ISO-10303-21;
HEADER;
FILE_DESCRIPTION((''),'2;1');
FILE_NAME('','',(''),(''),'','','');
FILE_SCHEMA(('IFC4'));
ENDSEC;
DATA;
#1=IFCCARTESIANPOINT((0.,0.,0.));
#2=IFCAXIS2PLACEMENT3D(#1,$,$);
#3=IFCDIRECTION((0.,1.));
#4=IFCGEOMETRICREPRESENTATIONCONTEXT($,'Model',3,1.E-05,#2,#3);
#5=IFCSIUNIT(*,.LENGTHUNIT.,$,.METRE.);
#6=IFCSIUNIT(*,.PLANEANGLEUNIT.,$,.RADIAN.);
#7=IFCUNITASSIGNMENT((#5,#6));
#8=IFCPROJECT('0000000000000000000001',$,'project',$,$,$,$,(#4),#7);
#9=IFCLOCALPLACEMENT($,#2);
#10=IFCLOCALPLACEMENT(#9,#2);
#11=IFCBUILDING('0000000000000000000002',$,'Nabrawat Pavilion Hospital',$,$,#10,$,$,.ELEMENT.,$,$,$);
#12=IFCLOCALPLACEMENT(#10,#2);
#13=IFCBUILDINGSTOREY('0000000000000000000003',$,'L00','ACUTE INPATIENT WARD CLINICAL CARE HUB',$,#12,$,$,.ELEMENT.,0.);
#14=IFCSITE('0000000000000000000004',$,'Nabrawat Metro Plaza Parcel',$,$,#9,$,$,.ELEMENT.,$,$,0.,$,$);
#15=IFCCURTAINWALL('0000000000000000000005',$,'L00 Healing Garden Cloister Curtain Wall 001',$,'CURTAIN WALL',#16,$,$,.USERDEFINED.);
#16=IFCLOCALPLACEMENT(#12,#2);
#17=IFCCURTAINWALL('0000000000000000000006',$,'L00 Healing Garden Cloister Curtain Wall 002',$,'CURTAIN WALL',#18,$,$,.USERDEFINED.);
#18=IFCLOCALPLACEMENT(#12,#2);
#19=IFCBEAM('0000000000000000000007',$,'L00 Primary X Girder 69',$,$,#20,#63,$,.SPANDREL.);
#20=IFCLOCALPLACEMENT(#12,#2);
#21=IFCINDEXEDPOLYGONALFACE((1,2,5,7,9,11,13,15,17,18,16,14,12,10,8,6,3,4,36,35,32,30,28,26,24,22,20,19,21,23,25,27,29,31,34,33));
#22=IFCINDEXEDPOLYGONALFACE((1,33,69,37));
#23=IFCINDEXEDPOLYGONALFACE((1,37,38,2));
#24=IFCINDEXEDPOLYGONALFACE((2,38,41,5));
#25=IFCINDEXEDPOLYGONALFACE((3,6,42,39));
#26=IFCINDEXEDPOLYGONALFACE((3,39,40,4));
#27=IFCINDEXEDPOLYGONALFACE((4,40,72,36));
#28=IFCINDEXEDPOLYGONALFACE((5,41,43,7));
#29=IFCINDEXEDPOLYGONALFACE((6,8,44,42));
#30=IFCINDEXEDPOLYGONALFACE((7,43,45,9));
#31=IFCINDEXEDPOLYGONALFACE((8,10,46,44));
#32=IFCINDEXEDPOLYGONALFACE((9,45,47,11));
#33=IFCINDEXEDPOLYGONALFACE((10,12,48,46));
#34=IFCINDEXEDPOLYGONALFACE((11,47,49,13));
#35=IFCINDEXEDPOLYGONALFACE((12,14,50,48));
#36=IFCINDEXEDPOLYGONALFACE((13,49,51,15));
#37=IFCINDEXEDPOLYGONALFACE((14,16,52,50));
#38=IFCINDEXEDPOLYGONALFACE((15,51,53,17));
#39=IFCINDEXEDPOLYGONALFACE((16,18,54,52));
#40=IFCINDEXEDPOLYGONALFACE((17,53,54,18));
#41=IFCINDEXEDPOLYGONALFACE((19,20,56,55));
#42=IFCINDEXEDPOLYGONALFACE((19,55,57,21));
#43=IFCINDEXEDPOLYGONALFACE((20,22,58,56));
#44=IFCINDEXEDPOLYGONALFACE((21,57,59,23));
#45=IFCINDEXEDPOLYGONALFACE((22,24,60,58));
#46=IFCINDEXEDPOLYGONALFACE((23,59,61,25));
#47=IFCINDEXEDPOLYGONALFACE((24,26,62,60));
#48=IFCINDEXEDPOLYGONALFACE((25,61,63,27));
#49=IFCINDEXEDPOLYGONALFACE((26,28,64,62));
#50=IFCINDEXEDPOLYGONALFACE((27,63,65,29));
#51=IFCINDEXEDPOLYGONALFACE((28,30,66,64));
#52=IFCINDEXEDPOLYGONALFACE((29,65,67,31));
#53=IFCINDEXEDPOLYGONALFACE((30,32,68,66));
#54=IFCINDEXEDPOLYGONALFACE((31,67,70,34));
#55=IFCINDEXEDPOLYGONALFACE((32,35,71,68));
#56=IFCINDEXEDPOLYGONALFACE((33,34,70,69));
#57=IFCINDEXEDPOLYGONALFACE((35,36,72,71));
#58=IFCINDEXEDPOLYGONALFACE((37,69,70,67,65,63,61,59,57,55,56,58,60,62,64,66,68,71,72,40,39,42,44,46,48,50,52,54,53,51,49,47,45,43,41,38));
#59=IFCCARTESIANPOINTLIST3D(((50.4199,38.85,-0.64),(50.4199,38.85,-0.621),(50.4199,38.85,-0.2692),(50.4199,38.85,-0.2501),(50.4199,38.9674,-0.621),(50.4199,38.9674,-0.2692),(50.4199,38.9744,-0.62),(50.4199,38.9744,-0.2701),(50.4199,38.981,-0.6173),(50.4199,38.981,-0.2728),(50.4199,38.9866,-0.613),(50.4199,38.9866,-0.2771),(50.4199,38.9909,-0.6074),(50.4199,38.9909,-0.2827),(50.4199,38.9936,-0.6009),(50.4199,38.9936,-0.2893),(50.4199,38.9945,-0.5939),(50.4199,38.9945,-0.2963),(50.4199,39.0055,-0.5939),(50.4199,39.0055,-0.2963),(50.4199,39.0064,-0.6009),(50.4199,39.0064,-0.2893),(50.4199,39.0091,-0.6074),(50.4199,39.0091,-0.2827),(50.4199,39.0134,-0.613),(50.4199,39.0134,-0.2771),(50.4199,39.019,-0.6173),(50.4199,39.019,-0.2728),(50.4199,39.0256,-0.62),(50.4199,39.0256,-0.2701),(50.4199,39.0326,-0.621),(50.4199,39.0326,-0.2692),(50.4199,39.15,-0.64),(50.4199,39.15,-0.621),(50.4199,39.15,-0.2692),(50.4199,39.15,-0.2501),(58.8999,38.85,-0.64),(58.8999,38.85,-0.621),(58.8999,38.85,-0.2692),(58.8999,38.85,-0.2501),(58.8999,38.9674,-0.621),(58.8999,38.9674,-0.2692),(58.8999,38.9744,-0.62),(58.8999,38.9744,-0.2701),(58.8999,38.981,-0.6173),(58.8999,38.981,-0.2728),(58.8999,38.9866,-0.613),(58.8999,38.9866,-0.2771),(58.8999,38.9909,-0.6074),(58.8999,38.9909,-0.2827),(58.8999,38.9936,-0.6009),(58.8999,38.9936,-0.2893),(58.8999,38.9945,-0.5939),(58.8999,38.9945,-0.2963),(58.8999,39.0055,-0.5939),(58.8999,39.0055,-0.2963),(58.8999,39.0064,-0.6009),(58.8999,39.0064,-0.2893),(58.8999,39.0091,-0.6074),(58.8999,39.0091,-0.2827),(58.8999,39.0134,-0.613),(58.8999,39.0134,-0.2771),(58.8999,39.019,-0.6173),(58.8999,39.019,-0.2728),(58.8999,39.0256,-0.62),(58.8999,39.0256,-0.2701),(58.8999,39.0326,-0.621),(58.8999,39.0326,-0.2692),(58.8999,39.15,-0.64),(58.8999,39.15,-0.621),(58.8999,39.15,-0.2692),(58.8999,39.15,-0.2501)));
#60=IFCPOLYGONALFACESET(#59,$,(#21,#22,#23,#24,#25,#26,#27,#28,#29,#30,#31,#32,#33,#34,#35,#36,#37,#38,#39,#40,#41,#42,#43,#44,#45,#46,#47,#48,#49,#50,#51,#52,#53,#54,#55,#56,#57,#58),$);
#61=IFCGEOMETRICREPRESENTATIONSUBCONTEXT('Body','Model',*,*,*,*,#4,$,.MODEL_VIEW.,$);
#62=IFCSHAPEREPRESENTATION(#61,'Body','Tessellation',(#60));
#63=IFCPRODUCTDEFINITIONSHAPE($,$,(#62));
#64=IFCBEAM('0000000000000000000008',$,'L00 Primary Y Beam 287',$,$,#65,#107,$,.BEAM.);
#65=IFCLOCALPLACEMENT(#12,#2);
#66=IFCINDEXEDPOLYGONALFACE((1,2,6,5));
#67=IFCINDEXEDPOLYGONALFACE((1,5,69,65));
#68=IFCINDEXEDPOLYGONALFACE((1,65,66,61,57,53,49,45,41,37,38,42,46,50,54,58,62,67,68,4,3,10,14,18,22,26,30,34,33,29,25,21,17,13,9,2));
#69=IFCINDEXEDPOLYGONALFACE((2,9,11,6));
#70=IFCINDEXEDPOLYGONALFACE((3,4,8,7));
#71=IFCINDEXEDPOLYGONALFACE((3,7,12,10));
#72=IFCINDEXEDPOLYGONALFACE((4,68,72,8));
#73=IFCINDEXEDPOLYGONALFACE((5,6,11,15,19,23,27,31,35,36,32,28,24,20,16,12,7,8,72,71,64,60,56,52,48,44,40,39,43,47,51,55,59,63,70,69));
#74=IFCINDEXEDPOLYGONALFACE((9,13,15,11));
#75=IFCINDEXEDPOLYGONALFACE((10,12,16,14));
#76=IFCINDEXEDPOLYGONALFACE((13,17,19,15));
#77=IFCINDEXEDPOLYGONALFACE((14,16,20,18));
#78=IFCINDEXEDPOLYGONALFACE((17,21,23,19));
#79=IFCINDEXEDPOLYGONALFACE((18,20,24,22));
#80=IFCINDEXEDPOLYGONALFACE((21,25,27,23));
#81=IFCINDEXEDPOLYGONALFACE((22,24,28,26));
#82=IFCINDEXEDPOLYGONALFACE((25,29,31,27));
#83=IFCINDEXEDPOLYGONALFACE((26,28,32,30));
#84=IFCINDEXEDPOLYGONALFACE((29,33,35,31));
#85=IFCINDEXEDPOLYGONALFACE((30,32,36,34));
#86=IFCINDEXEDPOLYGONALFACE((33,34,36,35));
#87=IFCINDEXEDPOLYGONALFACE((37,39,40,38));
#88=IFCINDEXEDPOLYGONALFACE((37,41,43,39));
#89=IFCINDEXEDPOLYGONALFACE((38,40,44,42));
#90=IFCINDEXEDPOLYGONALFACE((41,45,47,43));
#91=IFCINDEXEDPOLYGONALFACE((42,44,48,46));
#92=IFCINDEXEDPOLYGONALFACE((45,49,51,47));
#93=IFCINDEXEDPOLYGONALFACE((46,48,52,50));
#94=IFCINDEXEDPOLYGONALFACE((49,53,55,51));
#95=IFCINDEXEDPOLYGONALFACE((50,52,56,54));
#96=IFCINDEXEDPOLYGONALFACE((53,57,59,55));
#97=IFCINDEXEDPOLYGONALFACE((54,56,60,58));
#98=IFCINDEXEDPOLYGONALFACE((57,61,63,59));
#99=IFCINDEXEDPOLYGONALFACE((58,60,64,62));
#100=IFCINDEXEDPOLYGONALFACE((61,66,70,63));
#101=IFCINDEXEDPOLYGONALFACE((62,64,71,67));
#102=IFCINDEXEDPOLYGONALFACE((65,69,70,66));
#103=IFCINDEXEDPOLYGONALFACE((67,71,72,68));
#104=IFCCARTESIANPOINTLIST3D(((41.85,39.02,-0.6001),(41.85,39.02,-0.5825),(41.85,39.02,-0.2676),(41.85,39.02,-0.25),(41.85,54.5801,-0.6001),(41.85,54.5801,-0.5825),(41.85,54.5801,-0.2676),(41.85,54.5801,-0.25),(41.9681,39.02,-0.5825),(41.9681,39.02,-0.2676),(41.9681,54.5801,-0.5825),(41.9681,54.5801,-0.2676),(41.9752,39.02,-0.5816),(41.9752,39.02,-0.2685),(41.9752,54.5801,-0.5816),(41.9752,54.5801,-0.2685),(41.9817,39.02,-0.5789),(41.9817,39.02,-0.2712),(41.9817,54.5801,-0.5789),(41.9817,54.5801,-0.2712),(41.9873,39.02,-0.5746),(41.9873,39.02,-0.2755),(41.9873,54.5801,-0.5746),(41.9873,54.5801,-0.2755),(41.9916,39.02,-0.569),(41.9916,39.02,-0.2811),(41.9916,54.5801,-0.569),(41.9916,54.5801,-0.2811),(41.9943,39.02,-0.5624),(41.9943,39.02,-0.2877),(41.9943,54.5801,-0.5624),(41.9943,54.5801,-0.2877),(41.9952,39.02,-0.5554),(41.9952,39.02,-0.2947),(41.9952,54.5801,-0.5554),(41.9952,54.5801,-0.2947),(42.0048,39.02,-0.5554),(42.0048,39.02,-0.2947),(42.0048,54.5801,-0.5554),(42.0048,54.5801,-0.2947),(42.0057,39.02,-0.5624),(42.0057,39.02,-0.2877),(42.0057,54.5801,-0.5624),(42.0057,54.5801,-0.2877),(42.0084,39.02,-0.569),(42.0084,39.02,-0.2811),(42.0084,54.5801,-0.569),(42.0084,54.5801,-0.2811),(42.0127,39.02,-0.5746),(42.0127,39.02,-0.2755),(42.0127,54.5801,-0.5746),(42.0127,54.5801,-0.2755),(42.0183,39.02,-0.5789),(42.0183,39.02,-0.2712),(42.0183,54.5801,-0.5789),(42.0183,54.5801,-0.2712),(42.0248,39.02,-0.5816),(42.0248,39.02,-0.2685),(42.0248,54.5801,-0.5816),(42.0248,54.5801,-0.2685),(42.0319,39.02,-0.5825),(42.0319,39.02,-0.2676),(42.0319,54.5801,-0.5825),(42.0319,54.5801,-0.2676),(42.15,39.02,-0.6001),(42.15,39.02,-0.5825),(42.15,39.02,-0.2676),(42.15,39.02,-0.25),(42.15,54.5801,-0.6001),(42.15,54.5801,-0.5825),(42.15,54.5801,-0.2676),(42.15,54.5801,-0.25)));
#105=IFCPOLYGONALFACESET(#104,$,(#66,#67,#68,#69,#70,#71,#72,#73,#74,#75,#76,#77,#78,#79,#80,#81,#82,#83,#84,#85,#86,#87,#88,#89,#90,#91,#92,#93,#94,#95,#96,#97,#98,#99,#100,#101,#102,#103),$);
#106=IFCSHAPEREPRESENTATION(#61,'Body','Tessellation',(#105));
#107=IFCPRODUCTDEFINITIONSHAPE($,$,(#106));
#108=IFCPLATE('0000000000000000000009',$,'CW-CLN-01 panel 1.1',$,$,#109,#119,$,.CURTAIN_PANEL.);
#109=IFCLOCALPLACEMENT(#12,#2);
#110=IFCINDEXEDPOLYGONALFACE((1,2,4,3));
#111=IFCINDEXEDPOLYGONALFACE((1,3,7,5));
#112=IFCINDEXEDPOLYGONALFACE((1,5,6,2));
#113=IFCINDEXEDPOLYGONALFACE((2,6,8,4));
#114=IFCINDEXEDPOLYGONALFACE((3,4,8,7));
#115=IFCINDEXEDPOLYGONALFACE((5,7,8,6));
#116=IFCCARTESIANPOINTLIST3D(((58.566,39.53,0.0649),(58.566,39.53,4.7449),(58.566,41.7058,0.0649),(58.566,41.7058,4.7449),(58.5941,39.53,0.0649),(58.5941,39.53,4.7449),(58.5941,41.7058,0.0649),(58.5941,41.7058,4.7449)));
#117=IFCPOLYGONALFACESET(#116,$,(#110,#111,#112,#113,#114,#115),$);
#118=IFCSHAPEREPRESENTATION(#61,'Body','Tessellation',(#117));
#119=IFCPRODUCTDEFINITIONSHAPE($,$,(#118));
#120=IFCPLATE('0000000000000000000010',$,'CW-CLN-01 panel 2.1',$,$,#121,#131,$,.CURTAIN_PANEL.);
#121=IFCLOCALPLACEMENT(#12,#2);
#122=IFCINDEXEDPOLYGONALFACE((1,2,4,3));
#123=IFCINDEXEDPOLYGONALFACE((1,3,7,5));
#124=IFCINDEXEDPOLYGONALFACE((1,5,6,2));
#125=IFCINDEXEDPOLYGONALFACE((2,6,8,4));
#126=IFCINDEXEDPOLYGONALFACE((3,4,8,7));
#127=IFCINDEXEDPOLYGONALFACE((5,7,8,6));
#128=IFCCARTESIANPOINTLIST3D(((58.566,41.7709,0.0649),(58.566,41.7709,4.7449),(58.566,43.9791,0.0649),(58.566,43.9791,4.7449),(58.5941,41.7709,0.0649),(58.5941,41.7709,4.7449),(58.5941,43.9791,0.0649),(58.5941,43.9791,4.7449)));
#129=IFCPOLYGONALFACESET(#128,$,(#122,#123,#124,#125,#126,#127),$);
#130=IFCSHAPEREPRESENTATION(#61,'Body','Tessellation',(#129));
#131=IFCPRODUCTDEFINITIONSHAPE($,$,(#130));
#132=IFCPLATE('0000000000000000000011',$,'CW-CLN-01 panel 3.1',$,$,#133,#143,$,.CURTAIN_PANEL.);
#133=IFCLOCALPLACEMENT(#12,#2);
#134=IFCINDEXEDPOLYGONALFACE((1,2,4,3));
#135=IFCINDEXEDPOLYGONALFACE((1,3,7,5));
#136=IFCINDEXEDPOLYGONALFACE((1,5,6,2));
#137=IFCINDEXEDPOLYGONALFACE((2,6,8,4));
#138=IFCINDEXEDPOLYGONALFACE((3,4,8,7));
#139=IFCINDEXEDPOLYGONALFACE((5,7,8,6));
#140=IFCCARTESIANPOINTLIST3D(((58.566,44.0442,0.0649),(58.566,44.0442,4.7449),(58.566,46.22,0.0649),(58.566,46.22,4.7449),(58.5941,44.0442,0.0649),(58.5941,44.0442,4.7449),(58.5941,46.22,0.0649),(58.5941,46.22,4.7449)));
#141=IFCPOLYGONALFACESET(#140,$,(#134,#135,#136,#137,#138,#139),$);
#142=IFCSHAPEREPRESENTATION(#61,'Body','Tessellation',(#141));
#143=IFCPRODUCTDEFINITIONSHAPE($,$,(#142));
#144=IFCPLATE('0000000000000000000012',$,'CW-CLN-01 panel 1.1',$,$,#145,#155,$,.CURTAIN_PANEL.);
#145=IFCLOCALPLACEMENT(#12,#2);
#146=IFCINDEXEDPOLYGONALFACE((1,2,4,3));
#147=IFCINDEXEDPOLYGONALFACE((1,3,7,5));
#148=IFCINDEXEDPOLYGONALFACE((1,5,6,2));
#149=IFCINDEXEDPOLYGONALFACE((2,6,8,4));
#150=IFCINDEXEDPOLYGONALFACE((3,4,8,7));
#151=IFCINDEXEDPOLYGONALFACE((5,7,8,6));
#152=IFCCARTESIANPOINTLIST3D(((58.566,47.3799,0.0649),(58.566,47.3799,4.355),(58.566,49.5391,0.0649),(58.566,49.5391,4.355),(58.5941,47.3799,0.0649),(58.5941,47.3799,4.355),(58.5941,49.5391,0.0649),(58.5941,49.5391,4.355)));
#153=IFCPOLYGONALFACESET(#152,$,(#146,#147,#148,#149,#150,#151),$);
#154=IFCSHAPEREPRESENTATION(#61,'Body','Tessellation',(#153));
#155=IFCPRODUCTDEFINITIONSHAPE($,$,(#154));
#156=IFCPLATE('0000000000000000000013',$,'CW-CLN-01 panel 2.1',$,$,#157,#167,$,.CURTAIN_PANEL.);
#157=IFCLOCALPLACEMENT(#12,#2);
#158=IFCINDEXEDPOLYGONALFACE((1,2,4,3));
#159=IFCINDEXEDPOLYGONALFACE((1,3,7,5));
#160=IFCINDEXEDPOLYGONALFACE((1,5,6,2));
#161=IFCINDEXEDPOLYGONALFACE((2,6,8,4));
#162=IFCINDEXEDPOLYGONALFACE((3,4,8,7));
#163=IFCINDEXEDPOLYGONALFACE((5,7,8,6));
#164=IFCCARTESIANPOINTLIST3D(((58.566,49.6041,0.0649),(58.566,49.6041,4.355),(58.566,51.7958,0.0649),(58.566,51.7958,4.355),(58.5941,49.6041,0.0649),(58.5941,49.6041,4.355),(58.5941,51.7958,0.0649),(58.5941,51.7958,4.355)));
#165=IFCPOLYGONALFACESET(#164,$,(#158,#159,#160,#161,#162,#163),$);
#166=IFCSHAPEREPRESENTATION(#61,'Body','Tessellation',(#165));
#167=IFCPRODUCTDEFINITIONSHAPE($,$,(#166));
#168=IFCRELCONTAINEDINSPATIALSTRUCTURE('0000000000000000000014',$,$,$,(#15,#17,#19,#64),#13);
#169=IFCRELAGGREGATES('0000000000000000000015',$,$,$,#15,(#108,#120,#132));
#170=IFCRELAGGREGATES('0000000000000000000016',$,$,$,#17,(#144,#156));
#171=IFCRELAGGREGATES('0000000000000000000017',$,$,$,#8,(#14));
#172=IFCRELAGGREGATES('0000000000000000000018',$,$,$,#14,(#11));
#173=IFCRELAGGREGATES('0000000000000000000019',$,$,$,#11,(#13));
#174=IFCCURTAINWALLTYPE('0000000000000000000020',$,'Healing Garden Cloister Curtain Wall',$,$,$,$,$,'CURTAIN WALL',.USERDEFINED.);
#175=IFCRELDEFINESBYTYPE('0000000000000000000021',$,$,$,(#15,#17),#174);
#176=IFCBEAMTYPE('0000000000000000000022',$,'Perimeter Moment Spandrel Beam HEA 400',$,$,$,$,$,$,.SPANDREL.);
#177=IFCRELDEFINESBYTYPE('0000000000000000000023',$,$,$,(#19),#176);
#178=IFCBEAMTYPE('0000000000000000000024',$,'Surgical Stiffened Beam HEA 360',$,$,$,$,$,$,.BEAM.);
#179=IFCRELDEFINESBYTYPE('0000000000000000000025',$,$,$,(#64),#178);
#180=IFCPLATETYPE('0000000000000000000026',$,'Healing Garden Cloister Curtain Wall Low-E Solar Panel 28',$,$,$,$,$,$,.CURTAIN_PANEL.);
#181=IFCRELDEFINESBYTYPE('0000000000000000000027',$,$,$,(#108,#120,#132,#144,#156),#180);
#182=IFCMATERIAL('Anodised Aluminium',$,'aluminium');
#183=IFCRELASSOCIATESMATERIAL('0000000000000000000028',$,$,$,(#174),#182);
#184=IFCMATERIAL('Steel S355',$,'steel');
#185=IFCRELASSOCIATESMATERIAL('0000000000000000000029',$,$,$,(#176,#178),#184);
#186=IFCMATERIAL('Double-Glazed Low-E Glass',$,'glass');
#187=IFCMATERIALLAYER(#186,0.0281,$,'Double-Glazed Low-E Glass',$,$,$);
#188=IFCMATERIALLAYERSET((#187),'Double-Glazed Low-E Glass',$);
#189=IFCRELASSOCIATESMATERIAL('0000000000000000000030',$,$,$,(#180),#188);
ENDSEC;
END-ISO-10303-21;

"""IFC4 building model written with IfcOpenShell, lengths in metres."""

from ifc_helpers import new_model, si_unit, direction, frame, origin, origin_2d, place, context, subcontext, project, spatial, rectangle, i_section, extrude, material, layer, layer_set, material_profile, profile_set, type_object, element, aggregate, save


model = new_model("IFC4")

# Units and contexts
model_context = context("Model", 3, precision=1e-05, world=origin(), true_north=direction((0.0, 1.0)))
body_context = subcontext(model_context, "Body", "Model", "MODEL_VIEW")
ifc_project = project(units=[si_unit("LENGTHUNIT", "METRE"), si_unit("PLANEANGLEUNIT", "RADIAN")], contexts=[model_context])

# Site, building, storey
site_placement = place(None, origin())
site = spatial("IfcSite", under=ifc_project, at=site_placement, Name="Nabrawat Metro Plaza Parcel", CompositionType="ELEMENT", RefElevation=0.0)
building_placement = place(site_placement, origin())
building = spatial("IfcBuilding", under=site, at=building_placement, Name="Nabrawat Pavilion Hospital", CompositionType="ELEMENT")
storey_placement = place(building_placement, origin())
storey = spatial("IfcBuildingStorey", under=building, at=storey_placement, Name="L00", Description="ACUTE INPATIENT WARD CLINICAL CARE HUB", CompositionType="ELEMENT", Elevation=0.0)

# Curtain walls
ifc_material_1 = material(Name="Anodised Aluminium", Category="aluminium")
curtain_wall_type = type_object("IfcCurtainWallType", Name="Healing Garden Cloister Curtain Wall", ElementType="CURTAIN WALL", PredefinedType="USERDEFINED", material=ifc_material_1)
curtain_wall_1_placement = place(storey_placement, origin())
curtain_wall_1 = element("IfcCurtainWall", 1, at=curtain_wall_1_placement, inside=storey, type_object=curtain_wall_type, Name="L00 Healing Garden Cloister Curtain Wall 001", ObjectType="CURTAIN WALL", PredefinedType="USERDEFINED")
curtain_wall_2_placement = place(storey_placement, origin())
curtain_wall_2 = element("IfcCurtainWall", 2, at=curtain_wall_2_placement, inside=storey, type_object=curtain_wall_type, Name="L00 Healing Garden Cloister Curtain Wall 002", ObjectType="CURTAIN WALL", PredefinedType="USERDEFINED")

# Beams
ifc_material_2 = material(Name="Steel S355", Category="steel")
ifc_material_profile_1 = material_profile(ifc_material_2, i_section(OverallWidth=0.3, OverallDepth=0.3899, WebThickness=0.011, FlangeThickness=0.019, FilletRadius=0.0271, at=origin_2d()), Name="HEA 400")
ifc_profile_set_1 = profile_set([ifc_material_profile_1], Name="Steel S355")
beam_type_1 = type_object("IfcBeamType", Name="Perimeter Moment Spandrel Beam HEA 400", PredefinedType="SPANDREL", material=ifc_profile_set_1)
beam_1_placement = place(storey_placement, frame((50.4199, 39.0, -0.4451), z_axis=(1.0, 0.0, 0.0), x_axis=(0.0, 1.0, 0.0)))
element("IfcBeam", 3, at=beam_1_placement, inside=storey, type_object=beam_type_1, Name="L00 Primary X Girder 69", PredefinedType="SPANDREL", context=body_context, shape_type="SweptSolid", body=[
    extrude(i_section(OverallWidth=0.3, OverallDepth=0.3899, WebThickness=0.011, FlangeThickness=0.019, FilletRadius=0.0271, at=origin_2d()), origin(), (0.0, 0.0, 1.0), 8.48),
])
ifc_material_profile_2 = material_profile(ifc_material_2, i_section(OverallWidth=0.3, OverallDepth=0.3501, WebThickness=0.0095, FlangeThickness=0.0176, FilletRadius=0.0271, at=origin_2d()), Name="HEA 360")
ifc_profile_set_2 = profile_set([ifc_material_profile_2], Name="Steel S355")
beam_type_2 = type_object("IfcBeamType", Name="Surgical Stiffened Beam HEA 360", PredefinedType="BEAM", material=ifc_profile_set_2)
beam_2_placement = place(storey_placement, frame((42.0, 39.02, -0.425), z_axis=(0.0, 1.0, 0.0), x_axis=(-1.0, 0.0, 0.0)))
element("IfcBeam", 4, at=beam_2_placement, inside=storey, type_object=beam_type_2, Name="L00 Primary Y Beam 287", PredefinedType="BEAM", context=body_context, shape_type="SweptSolid", body=[
    extrude(i_section(OverallWidth=0.3, OverallDepth=0.3501, WebThickness=0.0095, FlangeThickness=0.0176, FilletRadius=0.0271, at=origin_2d()), origin(), (0.0, 0.0, 1.0), 15.5601),
])

# Plates
ifc_material_3 = material(Name="Double-Glazed Low-E Glass", Category="glass")
ifc_layer = layer(ifc_material_3, 0.0281, Name="Double-Glazed Low-E Glass")
ifc_layer_set = layer_set([ifc_layer], Name="Double-Glazed Low-E Glass")
plate_type = type_object("IfcPlateType", Name="Healing Garden Cloister Curtain Wall Low-E Solar Panel 28", PredefinedType="CURTAIN_PANEL", material=ifc_layer_set)
plate_1_placement = place(storey_placement, frame((58.5801, 40.6179, 0.0649), z_axis=(0.0, 0.0, 1.0), x_axis=(0.0, 1.0, 0.0)))
plate_1 = element("IfcPlate", 5, at=plate_1_placement, type_object=plate_type, Name="CW-CLN-01 panel 1.1", PredefinedType="CURTAIN_PANEL", context=body_context, shape_type="SweptSolid", body=[
    extrude(rectangle(XDim=2.1758, YDim=0.0281, at=origin_2d()), origin(), (0.0, 0.0, 1.0), 4.6799),
])
plate_2_placement = place(storey_placement, frame((58.5801, 42.875, 0.0649), z_axis=(0.0, 0.0, 1.0), x_axis=(0.0, 1.0, 0.0)))
plate_2 = element("IfcPlate", 6, at=plate_2_placement, type_object=plate_type, Name="CW-CLN-01 panel 2.1", PredefinedType="CURTAIN_PANEL", context=body_context, shape_type="SweptSolid", body=[
    extrude(rectangle(XDim=2.2083, YDim=0.0281, at=origin_2d()), origin(), (0.0, 0.0, 1.0), 4.6799),
])
plate_3_placement = place(storey_placement, frame((58.5801, 45.1321, 0.0649), z_axis=(0.0, 0.0, 1.0), x_axis=(0.0, 1.0, 0.0)))
plate_3 = element("IfcPlate", 7, at=plate_3_placement, type_object=plate_type, Name="CW-CLN-01 panel 3.1", PredefinedType="CURTAIN_PANEL", context=body_context, shape_type="SweptSolid", body=[
    extrude(rectangle(XDim=2.1758, YDim=0.0281, at=origin_2d()), origin(), (0.0, 0.0, 1.0), 4.6799),
])
aggregate(curtain_wall_1, [plate_1, plate_2, plate_3])
plate_4_placement = place(storey_placement, frame((58.5801, 48.4595, 0.0649), z_axis=(0.0, 0.0, 1.0), x_axis=(0.0, 1.0, 0.0)))
plate_4 = element("IfcPlate", 8, at=plate_4_placement, type_object=plate_type, Name="CW-CLN-01 panel 1.1", PredefinedType="CURTAIN_PANEL", context=body_context, shape_type="SweptSolid", body=[
    extrude(rectangle(XDim=2.1592, YDim=0.0281, at=origin_2d()), origin(), (0.0, 0.0, 1.0), 4.29),
])
plate_5_placement = place(storey_placement, frame((58.5801, 50.7, 0.0649), z_axis=(0.0, 0.0, 1.0), x_axis=(0.0, 1.0, 0.0)))
plate_5 = element("IfcPlate", 9, at=plate_5_placement, type_object=plate_type, Name="CW-CLN-01 panel 2.1", PredefinedType="CURTAIN_PANEL", context=body_context, shape_type="SweptSolid", body=[
    extrude(rectangle(XDim=2.1917, YDim=0.0281, at=origin_2d()), origin(), (0.0, 0.0, 1.0), 4.29),
])
aggregate(curtain_wall_2, [plate_4, plate_5])

save(model, "model.ifc")
